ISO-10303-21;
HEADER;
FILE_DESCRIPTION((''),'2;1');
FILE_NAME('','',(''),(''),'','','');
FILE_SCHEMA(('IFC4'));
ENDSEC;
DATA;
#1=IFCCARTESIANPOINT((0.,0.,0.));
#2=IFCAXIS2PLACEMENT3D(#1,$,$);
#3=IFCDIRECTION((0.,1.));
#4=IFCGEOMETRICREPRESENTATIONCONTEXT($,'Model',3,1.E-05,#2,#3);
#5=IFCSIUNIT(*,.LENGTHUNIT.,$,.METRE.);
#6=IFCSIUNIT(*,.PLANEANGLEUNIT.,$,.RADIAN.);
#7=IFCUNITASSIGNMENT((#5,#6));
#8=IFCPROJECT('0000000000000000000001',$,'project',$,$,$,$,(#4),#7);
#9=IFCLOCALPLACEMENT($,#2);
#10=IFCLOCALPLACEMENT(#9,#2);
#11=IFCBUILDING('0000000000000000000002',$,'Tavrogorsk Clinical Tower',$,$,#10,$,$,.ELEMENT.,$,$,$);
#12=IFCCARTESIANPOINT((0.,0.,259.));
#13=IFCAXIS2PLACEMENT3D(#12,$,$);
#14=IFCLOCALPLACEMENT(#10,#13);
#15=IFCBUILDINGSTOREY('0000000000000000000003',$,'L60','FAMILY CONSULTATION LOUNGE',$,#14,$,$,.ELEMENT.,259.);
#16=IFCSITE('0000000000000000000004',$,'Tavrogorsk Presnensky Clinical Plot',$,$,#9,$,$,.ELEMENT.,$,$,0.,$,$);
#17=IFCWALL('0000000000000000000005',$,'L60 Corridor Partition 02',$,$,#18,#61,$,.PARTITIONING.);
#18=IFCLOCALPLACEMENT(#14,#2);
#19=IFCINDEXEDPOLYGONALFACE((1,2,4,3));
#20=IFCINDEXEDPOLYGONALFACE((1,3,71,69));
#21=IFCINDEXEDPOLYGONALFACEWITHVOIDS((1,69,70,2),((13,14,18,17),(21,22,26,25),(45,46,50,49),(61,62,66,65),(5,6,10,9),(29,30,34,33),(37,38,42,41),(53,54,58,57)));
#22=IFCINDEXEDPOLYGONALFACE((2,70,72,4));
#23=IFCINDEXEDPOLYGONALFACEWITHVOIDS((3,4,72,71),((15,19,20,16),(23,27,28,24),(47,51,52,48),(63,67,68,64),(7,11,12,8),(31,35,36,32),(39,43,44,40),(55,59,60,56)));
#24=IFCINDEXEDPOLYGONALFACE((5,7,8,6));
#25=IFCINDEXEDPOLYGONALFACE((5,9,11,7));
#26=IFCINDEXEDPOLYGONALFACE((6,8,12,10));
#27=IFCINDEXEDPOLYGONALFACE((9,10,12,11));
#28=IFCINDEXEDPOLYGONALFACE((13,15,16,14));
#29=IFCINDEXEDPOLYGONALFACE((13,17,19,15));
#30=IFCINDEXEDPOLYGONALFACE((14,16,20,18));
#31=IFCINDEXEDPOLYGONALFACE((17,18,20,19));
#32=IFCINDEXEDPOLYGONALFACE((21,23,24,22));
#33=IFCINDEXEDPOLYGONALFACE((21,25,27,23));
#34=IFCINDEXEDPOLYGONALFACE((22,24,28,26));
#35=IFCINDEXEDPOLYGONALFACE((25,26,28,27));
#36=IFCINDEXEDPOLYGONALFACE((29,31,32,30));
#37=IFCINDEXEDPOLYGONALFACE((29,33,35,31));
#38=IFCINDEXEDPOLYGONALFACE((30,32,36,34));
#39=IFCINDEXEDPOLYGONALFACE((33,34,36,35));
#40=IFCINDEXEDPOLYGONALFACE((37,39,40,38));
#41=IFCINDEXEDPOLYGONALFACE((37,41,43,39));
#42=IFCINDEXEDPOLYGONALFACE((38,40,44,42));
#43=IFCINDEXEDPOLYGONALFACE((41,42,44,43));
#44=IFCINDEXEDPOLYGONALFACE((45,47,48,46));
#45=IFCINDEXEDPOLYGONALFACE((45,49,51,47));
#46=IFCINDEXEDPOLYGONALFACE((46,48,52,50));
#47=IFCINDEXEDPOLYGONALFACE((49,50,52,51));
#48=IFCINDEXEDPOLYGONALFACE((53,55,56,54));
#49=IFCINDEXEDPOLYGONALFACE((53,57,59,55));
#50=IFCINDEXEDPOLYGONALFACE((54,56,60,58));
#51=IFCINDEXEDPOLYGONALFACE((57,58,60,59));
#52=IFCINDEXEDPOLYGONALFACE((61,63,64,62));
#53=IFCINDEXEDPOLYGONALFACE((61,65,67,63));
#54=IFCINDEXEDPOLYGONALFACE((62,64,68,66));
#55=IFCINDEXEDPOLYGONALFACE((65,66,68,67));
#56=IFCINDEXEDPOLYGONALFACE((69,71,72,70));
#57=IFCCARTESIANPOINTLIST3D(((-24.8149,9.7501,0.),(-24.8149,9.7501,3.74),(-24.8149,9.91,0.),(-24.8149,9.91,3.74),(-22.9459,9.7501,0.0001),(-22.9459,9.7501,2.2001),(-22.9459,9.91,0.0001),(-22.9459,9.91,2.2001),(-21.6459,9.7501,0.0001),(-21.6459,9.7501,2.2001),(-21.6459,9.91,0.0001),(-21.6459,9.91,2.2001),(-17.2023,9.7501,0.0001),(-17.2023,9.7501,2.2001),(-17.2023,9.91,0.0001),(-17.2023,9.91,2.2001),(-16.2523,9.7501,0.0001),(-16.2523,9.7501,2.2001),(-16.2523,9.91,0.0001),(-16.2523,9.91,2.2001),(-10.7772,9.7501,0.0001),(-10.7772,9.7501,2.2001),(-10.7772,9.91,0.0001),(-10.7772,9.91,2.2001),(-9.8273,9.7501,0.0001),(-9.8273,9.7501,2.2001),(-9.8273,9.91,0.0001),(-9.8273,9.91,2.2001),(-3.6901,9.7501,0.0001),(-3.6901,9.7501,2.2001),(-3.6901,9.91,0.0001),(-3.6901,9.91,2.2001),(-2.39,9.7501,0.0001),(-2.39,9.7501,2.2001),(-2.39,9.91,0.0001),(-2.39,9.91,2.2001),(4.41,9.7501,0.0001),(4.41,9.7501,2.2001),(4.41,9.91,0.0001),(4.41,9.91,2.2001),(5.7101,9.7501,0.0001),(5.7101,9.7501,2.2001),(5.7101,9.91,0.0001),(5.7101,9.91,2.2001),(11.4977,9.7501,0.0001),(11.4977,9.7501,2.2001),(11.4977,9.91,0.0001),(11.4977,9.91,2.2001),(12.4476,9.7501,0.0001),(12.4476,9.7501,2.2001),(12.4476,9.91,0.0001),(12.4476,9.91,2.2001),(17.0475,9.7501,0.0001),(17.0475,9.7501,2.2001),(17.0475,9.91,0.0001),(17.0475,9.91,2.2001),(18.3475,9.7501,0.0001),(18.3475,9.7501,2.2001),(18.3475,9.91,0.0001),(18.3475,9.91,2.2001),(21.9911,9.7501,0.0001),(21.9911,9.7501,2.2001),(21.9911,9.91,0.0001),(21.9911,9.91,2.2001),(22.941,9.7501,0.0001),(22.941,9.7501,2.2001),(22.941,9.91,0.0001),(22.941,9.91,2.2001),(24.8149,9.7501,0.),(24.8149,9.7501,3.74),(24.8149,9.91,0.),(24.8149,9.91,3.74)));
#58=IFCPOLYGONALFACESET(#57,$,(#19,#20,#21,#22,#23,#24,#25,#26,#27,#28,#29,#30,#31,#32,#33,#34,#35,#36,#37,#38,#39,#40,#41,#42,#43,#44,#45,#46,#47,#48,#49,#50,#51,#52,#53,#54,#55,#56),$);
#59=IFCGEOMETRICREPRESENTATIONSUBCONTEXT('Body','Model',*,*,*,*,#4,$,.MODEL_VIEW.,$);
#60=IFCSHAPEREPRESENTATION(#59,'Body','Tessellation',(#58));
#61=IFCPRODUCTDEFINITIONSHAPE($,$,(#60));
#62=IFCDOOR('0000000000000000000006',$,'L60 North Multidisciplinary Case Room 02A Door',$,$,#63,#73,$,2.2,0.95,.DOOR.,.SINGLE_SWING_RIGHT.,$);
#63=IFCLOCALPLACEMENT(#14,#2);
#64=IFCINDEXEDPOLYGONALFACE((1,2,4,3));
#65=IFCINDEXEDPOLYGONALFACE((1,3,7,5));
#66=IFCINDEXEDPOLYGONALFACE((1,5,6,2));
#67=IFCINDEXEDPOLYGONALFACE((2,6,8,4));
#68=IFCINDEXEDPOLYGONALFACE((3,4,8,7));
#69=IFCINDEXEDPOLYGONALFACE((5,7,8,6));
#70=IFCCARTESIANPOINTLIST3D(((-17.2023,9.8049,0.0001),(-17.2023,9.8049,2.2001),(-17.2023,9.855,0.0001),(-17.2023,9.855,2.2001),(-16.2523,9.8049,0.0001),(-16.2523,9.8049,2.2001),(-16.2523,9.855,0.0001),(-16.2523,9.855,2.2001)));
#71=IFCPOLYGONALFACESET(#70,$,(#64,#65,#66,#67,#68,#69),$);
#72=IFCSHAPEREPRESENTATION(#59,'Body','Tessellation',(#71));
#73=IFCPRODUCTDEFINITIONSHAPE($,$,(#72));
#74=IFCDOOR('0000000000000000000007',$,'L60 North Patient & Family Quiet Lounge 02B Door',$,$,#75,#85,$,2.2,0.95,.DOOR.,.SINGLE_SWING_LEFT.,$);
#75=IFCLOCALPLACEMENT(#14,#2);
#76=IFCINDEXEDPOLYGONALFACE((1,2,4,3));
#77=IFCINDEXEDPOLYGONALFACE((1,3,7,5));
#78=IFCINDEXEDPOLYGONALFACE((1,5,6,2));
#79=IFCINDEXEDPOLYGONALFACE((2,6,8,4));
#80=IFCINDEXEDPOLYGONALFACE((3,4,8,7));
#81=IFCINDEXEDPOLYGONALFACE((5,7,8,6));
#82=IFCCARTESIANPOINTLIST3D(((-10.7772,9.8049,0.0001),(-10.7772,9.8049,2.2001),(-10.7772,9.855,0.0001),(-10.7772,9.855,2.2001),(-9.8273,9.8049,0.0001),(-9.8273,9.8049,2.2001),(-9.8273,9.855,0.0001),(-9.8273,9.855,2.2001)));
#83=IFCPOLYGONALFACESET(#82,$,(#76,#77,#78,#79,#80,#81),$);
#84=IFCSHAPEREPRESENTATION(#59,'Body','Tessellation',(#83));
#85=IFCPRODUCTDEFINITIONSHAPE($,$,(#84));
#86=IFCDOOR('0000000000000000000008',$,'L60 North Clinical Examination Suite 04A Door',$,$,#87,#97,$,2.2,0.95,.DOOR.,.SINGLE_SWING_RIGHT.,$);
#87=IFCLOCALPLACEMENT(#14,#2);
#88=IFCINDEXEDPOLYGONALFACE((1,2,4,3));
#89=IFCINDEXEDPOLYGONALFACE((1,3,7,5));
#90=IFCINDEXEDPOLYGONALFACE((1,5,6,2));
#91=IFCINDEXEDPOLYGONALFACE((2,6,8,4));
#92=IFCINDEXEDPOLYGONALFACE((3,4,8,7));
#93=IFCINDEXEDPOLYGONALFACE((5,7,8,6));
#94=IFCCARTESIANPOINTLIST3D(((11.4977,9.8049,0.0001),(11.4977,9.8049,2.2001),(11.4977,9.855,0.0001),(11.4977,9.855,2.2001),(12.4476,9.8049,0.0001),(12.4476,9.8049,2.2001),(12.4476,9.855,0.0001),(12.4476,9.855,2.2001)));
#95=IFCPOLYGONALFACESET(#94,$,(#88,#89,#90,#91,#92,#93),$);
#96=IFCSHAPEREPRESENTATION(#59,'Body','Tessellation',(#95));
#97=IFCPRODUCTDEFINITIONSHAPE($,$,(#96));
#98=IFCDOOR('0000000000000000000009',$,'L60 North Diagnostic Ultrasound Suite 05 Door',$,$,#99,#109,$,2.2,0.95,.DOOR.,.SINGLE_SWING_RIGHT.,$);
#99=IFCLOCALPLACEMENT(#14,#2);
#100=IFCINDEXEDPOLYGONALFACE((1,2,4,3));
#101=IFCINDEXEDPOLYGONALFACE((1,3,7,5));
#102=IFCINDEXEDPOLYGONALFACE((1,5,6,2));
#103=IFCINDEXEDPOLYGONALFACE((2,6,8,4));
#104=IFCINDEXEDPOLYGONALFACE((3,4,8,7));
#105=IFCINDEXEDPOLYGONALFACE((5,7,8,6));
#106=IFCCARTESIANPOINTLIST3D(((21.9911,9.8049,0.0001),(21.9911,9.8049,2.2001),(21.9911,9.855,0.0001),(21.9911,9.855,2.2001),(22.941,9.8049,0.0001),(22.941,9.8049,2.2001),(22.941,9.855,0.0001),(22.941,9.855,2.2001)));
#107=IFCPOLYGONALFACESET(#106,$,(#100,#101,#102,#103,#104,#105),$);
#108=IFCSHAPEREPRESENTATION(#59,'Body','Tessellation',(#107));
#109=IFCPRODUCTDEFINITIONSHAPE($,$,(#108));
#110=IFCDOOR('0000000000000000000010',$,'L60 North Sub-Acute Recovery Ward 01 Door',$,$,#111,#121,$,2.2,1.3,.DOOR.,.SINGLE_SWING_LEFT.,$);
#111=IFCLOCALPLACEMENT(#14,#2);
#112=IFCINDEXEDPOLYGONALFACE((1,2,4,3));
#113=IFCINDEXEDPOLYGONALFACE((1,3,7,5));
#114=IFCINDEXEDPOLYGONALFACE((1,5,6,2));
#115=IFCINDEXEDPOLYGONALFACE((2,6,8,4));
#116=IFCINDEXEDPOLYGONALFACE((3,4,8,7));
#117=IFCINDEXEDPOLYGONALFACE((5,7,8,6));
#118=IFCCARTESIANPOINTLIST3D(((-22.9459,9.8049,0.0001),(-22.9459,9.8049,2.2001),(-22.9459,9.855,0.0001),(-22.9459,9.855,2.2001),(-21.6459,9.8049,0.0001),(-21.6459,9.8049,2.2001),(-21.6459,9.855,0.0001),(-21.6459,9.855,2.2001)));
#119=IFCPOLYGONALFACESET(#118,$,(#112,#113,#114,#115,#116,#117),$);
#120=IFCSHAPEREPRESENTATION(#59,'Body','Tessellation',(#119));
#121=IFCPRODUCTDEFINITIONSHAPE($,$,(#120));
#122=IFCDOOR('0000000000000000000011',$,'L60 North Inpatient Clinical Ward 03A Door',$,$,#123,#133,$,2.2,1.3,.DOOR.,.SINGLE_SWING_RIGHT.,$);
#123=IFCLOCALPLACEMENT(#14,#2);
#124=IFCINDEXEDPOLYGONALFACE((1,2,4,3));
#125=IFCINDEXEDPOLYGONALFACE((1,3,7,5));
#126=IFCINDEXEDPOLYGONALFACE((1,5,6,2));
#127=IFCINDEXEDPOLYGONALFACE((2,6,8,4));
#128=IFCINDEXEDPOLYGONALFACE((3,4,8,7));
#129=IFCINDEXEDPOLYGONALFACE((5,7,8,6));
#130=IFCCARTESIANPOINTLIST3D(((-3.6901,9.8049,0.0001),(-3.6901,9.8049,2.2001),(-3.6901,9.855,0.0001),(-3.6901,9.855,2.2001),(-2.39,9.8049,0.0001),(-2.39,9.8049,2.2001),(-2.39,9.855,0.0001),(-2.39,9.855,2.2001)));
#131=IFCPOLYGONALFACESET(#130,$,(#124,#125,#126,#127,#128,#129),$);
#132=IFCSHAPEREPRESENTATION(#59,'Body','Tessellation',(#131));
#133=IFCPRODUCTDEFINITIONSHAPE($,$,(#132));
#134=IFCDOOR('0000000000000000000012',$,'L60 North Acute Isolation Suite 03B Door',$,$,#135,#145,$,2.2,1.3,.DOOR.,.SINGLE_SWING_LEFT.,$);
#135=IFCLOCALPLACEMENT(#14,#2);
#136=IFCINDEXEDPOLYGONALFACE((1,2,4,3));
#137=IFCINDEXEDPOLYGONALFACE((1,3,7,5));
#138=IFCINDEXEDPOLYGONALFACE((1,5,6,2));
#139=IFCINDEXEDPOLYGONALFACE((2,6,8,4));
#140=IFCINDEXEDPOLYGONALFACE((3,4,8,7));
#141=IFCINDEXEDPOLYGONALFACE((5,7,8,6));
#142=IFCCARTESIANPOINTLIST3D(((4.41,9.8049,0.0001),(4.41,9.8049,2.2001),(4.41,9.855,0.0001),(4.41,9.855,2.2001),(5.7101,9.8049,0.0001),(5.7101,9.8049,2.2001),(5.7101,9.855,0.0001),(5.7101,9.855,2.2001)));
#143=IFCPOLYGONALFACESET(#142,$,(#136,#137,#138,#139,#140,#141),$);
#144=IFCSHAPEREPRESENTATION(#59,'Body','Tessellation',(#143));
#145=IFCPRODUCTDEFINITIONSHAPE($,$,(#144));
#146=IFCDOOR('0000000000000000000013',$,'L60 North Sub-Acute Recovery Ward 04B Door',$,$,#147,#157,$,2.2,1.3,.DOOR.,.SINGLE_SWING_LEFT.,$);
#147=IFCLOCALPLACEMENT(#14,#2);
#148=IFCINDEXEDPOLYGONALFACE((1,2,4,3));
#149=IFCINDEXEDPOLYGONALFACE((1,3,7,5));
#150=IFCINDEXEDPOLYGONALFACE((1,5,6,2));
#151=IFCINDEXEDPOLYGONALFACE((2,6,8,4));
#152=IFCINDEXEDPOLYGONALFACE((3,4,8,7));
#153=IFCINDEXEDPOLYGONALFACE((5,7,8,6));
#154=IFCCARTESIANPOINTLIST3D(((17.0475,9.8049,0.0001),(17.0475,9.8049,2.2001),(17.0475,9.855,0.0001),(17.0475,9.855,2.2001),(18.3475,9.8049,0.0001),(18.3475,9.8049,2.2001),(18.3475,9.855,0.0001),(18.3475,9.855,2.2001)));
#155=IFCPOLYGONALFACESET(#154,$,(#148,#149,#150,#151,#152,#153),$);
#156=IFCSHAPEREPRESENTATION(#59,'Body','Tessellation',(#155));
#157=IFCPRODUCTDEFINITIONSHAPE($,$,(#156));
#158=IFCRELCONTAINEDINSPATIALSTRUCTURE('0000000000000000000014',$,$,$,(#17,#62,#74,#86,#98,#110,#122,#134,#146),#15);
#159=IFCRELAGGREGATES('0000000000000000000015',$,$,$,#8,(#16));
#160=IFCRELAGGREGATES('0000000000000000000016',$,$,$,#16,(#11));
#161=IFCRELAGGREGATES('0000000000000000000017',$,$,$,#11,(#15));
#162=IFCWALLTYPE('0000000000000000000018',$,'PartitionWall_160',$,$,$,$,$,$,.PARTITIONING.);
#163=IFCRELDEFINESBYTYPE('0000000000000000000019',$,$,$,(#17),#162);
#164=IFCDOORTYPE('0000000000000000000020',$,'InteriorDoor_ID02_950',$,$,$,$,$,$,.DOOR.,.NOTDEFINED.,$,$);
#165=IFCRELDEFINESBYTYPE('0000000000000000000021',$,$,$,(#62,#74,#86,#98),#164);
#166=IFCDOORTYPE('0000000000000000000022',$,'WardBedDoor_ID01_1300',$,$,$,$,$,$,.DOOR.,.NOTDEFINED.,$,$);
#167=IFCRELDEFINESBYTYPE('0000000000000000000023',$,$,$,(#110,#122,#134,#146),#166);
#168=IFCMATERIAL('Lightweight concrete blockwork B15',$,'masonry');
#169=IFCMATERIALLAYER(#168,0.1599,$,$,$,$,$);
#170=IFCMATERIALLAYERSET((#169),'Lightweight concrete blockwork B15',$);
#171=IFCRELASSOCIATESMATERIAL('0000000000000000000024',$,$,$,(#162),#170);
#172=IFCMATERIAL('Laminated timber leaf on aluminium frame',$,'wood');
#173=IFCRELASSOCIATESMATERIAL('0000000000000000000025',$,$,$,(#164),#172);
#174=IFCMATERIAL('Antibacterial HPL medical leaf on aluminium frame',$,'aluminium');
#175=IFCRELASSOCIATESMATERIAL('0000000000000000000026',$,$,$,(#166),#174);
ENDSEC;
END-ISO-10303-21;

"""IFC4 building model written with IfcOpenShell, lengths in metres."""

from ifc_helpers import new_model, si_unit, direction, frame, frame_2d, origin, place, context, subcontext, project, spatial, rectangle, extrude, material, layer, layer_set, type_object, element, fill, save


model = new_model("IFC4")

# Units and contexts
model_context = context("Model", 3, precision=1e-05, world=origin(), true_north=direction((0.0, 1.0)))
body_context = subcontext(model_context, "Body", "Model", "MODEL_VIEW")
ifc_project = project(units=[si_unit("LENGTHUNIT", "METRE"), si_unit("PLANEANGLEUNIT", "RADIAN")], contexts=[model_context])

# Site, building, storey
site_placement = place(None, origin())
site = spatial("IfcSite", under=ifc_project, at=site_placement, Name="Tavrogorsk Presnensky Clinical Plot", CompositionType="ELEMENT", RefElevation=0.0)
building_placement = place(site_placement, origin())
building = spatial("IfcBuilding", under=site, at=building_placement, Name="Tavrogorsk Clinical Tower", CompositionType="ELEMENT")
storey_placement = place(building_placement, frame((0.0, 0.0, 259.0)))
storey = spatial("IfcBuildingStorey", under=building, at=storey_placement, Name="L60", Description="FAMILY CONSULTATION LOUNGE", CompositionType="ELEMENT", Elevation=259.0)

# Wall, openings, doors
ifc_material_1 = material(Name="Lightweight concrete blockwork B15", Category="masonry")
ifc_layer = layer(ifc_material_1, 0.1599)
ifc_layer_set = layer_set([ifc_layer], Name="Lightweight concrete blockwork B15")
wall_type = type_object("IfcWallType", Name="PartitionWall_160", PredefinedType="PARTITIONING", material=ifc_layer_set)
wall_1_placement = place(storey_placement, frame((-24.8149, 9.8301, 0.0), z_axis=(0.0, 0.0, 1.0), x_axis=(1.0, 0.0, 0.0)))
wall_1 = element("IfcWall", 1, at=wall_1_placement, inside=storey, type_object=wall_type, Name="L60 Corridor Partition 02", PredefinedType="PARTITIONING", context=body_context, shape_type="SweptSolid", body=[
    extrude(rectangle(XDim=49.6299, YDim=0.1599, at=frame_2d((24.8149, 0.0))), origin(), (0.0, 0.0, 1.0), 3.74),
])
opening_1_placement = place(wall_1_placement, frame((1.8691, 0.0, 0.0)))
opening_1 = element("IfcOpeningElement", 2, at=opening_1_placement, cuts=wall_1, PredefinedType="OPENING", context=body_context, shape_type="SweptSolid", body=[
    extrude(rectangle(XDim=1.3, YDim=2.2, at=frame_2d((0.6499, 1.1001))), frame((0.0, 0.0898, 0.0), z_axis=(0.0, -1.0, 0.0), x_axis=(1.0, 0.0, 0.0)), (0.0, 0.0, 1.0), 0.1799),
])
opening_2_placement = place(wall_1_placement, frame((7.6125, 0.0, 0.0)))
opening_2 = element("IfcOpeningElement", 3, at=opening_2_placement, cuts=wall_1, PredefinedType="OPENING", context=body_context, shape_type="SweptSolid", body=[
    extrude(rectangle(XDim=0.95, YDim=2.2, at=frame_2d((0.4751, 1.1001))), frame((0.0, 0.0898, 0.0), z_axis=(0.0, -1.0, 0.0), x_axis=(1.0, 0.0, 0.0)), (0.0, 0.0, 1.0), 0.1799),
])
opening_3_placement = place(wall_1_placement, frame((14.0376, 0.0, 0.0)))
opening_3 = element("IfcOpeningElement", 4, at=opening_3_placement, cuts=wall_1, PredefinedType="OPENING", context=body_context, shape_type="SweptSolid", body=[
    extrude(rectangle(XDim=0.95, YDim=2.2, at=frame_2d((0.4751, 1.1001))), frame((0.0, 0.0898, 0.0), z_axis=(0.0, -1.0, 0.0), x_axis=(1.0, 0.0, 0.0)), (0.0, 0.0, 1.0), 0.1799),
])
opening_4_placement = place(wall_1_placement, frame((21.125, 0.0, 0.0)))
opening_4 = element("IfcOpeningElement", 5, at=opening_4_placement, cuts=wall_1, PredefinedType="OPENING", context=body_context, shape_type="SweptSolid", body=[
    extrude(rectangle(XDim=1.3, YDim=2.2, at=frame_2d((0.6499, 1.1001))), frame((0.0, 0.0898, 0.0), z_axis=(0.0, -1.0, 0.0), x_axis=(1.0, 0.0, 0.0)), (0.0, 0.0, 1.0), 0.1799),
])
opening_5_placement = place(wall_1_placement, frame((29.2251, 0.0, 0.0)))
opening_5 = element("IfcOpeningElement", 6, at=opening_5_placement, cuts=wall_1, PredefinedType="OPENING", context=body_context, shape_type="SweptSolid", body=[
    extrude(rectangle(XDim=1.3, YDim=2.2, at=frame_2d((0.6499, 1.1001))), frame((0.0, 0.0898, 0.0), z_axis=(0.0, -1.0, 0.0), x_axis=(1.0, 0.0, 0.0)), (0.0, 0.0, 1.0), 0.1799),
])
opening_6_placement = place(wall_1_placement, frame((36.3125, 0.0, 0.0)))
opening_6 = element("IfcOpeningElement", 7, at=opening_6_placement, cuts=wall_1, PredefinedType="OPENING", context=body_context, shape_type="SweptSolid", body=[
    extrude(rectangle(XDim=0.95, YDim=2.2, at=frame_2d((0.4751, 1.1001))), frame((0.0, 0.0898, 0.0), z_axis=(0.0, -1.0, 0.0), x_axis=(1.0, 0.0, 0.0)), (0.0, 0.0, 1.0), 0.1799),
])
opening_7_placement = place(wall_1_placement, frame((41.8625, 0.0, 0.0)))
opening_7 = element("IfcOpeningElement", 8, at=opening_7_placement, cuts=wall_1, PredefinedType="OPENING", context=body_context, shape_type="SweptSolid", body=[
    extrude(rectangle(XDim=1.3, YDim=2.2, at=frame_2d((0.6499, 1.1001))), frame((0.0, 0.0898, 0.0), z_axis=(0.0, -1.0, 0.0), x_axis=(1.0, 0.0, 0.0)), (0.0, 0.0, 1.0), 0.1799),
])
opening_8_placement = place(wall_1_placement, frame((46.8059, 0.0, 0.0)))
opening_8 = element("IfcOpeningElement", 9, at=opening_8_placement, cuts=wall_1, PredefinedType="OPENING", context=body_context, shape_type="SweptSolid", body=[
    extrude(rectangle(XDim=0.95, YDim=2.2, at=frame_2d((0.4751, 1.1001))), frame((0.0, 0.0898, 0.0), z_axis=(0.0, -1.0, 0.0), x_axis=(1.0, 0.0, 0.0)), (0.0, 0.0, 1.0), 0.1799),
])
ifc_material_2 = material(Name="Laminated timber leaf on aluminium frame", Category="wood")
door_type_1 = type_object("IfcDoorType", Name="InteriorDoor_ID02_950", OperationType="NOTDEFINED", PredefinedType="DOOR", material=ifc_material_2)
door_1_placement = place(opening_2_placement, origin())
door_1 = element("IfcDoor", 10, at=door_1_placement, inside=storey, type_object=door_type_1, Name="L60 North Multidisciplinary Case Room 02A Door", OperationType="SINGLE_SWING_RIGHT", OverallHeight=2.2, OverallWidth=0.95, PredefinedType="DOOR", context=body_context, shape_type="SweptSolid", body=[
    extrude(rectangle(XDim=0.95, YDim=2.2, at=frame_2d((0.4751, 1.1001))), frame((0.0, 0.0249, 0.0), z_axis=(0.0, -1.0, 0.0), x_axis=(1.0, 0.0, 0.0)), (0.0, 0.0, 1.0), 0.05),
])
fill(opening_2, door_1)
door_2_placement = place(opening_3_placement, origin())
door_2 = element("IfcDoor", 11, at=door_2_placement, inside=storey, type_object=door_type_1, Name="L60 North Patient & Family Quiet Lounge 02B Door", OperationType="SINGLE_SWING_LEFT", OverallHeight=2.2, OverallWidth=0.95, PredefinedType="DOOR", context=body_context, shape_type="SweptSolid", body=[
    extrude(rectangle(XDim=0.95, YDim=2.2, at=frame_2d((0.4751, 1.1001))), frame((0.0, 0.0249, 0.0), z_axis=(0.0, -1.0, 0.0), x_axis=(1.0, 0.0, 0.0)), (0.0, 0.0, 1.0), 0.05),
])
fill(opening_3, door_2)
door_3_placement = place(opening_6_placement, origin())
door_3 = element("IfcDoor", 12, at=door_3_placement, inside=storey, type_object=door_type_1, Name="L60 North Clinical Examination Suite 04A Door", OperationType="SINGLE_SWING_RIGHT", OverallHeight=2.2, OverallWidth=0.95, PredefinedType="DOOR", context=body_context, shape_type="SweptSolid", body=[
    extrude(rectangle(XDim=0.95, YDim=2.2, at=frame_2d((0.4751, 1.1001))), frame((0.0, 0.0249, 0.0), z_axis=(0.0, -1.0, 0.0), x_axis=(1.0, 0.0, 0.0)), (0.0, 0.0, 1.0), 0.05),
])
fill(opening_6, door_3)
door_4_placement = place(opening_8_placement, origin())
door_4 = element("IfcDoor", 13, at=door_4_placement, inside=storey, type_object=door_type_1, Name="L60 North Diagnostic Ultrasound Suite 05 Door", OperationType="SINGLE_SWING_RIGHT", OverallHeight=2.2, OverallWidth=0.95, PredefinedType="DOOR", context=body_context, shape_type="SweptSolid", body=[
    extrude(rectangle(XDim=0.95, YDim=2.2, at=frame_2d((0.4751, 1.1001))), frame((0.0, 0.0249, 0.0), z_axis=(0.0, -1.0, 0.0), x_axis=(1.0, 0.0, 0.0)), (0.0, 0.0, 1.0), 0.05),
])
fill(opening_8, door_4)
ifc_material_3 = material(Name="Antibacterial HPL medical leaf on aluminium frame", Category="aluminium")
door_type_2 = type_object("IfcDoorType", Name="WardBedDoor_ID01_1300", OperationType="NOTDEFINED", PredefinedType="DOOR", material=ifc_material_3)
door_5_placement = place(opening_1_placement, origin())
door_5 = element("IfcDoor", 14, at=door_5_placement, inside=storey, type_object=door_type_2, Name="L60 North Sub-Acute Recovery Ward 01 Door", OperationType="SINGLE_SWING_LEFT", OverallHeight=2.2, OverallWidth=1.3, PredefinedType="DOOR", context=body_context, shape_type="SweptSolid", body=[
    extrude(rectangle(XDim=1.3, YDim=2.2, at=frame_2d((0.6499, 1.1001))), frame((0.0, 0.0249, 0.0), z_axis=(0.0, -1.0, 0.0), x_axis=(1.0, 0.0, 0.0)), (0.0, 0.0, 1.0), 0.05),
])
fill(opening_1, door_5)
door_6_placement = place(opening_4_placement, origin())
door_6 = element("IfcDoor", 15, at=door_6_placement, inside=storey, type_object=door_type_2, Name="L60 North Inpatient Clinical Ward 03A Door", OperationType="SINGLE_SWING_RIGHT", OverallHeight=2.2, OverallWidth=1.3, PredefinedType="DOOR", context=body_context, shape_type="SweptSolid", body=[
    extrude(rectangle(XDim=1.3, YDim=2.2, at=frame_2d((0.6499, 1.1001))), frame((0.0, 0.0249, 0.0), z_axis=(0.0, -1.0, 0.0), x_axis=(1.0, 0.0, 0.0)), (0.0, 0.0, 1.0), 0.05),
])
fill(opening_4, door_6)
door_7_placement = place(opening_5_placement, origin())
door_7 = element("IfcDoor", 16, at=door_7_placement, inside=storey, type_object=door_type_2, Name="L60 North Acute Isolation Suite 03B Door", OperationType="SINGLE_SWING_LEFT", OverallHeight=2.2, OverallWidth=1.3, PredefinedType="DOOR", context=body_context, shape_type="SweptSolid", body=[
    extrude(rectangle(XDim=1.3, YDim=2.2, at=frame_2d((0.6499, 1.1001))), frame((0.0, 0.0249, 0.0), z_axis=(0.0, -1.0, 0.0), x_axis=(1.0, 0.0, 0.0)), (0.0, 0.0, 1.0), 0.05),
])
fill(opening_5, door_7)
door_8_placement = place(opening_7_placement, origin())
door_8 = element("IfcDoor", 17, at=door_8_placement, inside=storey, type_object=door_type_2, Name="L60 North Sub-Acute Recovery Ward 04B Door", OperationType="SINGLE_SWING_LEFT", OverallHeight=2.2, OverallWidth=1.3, PredefinedType="DOOR", context=body_context, shape_type="SweptSolid", body=[
    extrude(rectangle(XDim=1.3, YDim=2.2, at=frame_2d((0.6499, 1.1001))), frame((0.0, 0.0249, 0.0), z_axis=(0.0, -1.0, 0.0), x_axis=(1.0, 0.0, 0.0)), (0.0, 0.0, 1.0), 0.05),
])
fill(opening_7, door_8)

save(model, "model.ifc")
